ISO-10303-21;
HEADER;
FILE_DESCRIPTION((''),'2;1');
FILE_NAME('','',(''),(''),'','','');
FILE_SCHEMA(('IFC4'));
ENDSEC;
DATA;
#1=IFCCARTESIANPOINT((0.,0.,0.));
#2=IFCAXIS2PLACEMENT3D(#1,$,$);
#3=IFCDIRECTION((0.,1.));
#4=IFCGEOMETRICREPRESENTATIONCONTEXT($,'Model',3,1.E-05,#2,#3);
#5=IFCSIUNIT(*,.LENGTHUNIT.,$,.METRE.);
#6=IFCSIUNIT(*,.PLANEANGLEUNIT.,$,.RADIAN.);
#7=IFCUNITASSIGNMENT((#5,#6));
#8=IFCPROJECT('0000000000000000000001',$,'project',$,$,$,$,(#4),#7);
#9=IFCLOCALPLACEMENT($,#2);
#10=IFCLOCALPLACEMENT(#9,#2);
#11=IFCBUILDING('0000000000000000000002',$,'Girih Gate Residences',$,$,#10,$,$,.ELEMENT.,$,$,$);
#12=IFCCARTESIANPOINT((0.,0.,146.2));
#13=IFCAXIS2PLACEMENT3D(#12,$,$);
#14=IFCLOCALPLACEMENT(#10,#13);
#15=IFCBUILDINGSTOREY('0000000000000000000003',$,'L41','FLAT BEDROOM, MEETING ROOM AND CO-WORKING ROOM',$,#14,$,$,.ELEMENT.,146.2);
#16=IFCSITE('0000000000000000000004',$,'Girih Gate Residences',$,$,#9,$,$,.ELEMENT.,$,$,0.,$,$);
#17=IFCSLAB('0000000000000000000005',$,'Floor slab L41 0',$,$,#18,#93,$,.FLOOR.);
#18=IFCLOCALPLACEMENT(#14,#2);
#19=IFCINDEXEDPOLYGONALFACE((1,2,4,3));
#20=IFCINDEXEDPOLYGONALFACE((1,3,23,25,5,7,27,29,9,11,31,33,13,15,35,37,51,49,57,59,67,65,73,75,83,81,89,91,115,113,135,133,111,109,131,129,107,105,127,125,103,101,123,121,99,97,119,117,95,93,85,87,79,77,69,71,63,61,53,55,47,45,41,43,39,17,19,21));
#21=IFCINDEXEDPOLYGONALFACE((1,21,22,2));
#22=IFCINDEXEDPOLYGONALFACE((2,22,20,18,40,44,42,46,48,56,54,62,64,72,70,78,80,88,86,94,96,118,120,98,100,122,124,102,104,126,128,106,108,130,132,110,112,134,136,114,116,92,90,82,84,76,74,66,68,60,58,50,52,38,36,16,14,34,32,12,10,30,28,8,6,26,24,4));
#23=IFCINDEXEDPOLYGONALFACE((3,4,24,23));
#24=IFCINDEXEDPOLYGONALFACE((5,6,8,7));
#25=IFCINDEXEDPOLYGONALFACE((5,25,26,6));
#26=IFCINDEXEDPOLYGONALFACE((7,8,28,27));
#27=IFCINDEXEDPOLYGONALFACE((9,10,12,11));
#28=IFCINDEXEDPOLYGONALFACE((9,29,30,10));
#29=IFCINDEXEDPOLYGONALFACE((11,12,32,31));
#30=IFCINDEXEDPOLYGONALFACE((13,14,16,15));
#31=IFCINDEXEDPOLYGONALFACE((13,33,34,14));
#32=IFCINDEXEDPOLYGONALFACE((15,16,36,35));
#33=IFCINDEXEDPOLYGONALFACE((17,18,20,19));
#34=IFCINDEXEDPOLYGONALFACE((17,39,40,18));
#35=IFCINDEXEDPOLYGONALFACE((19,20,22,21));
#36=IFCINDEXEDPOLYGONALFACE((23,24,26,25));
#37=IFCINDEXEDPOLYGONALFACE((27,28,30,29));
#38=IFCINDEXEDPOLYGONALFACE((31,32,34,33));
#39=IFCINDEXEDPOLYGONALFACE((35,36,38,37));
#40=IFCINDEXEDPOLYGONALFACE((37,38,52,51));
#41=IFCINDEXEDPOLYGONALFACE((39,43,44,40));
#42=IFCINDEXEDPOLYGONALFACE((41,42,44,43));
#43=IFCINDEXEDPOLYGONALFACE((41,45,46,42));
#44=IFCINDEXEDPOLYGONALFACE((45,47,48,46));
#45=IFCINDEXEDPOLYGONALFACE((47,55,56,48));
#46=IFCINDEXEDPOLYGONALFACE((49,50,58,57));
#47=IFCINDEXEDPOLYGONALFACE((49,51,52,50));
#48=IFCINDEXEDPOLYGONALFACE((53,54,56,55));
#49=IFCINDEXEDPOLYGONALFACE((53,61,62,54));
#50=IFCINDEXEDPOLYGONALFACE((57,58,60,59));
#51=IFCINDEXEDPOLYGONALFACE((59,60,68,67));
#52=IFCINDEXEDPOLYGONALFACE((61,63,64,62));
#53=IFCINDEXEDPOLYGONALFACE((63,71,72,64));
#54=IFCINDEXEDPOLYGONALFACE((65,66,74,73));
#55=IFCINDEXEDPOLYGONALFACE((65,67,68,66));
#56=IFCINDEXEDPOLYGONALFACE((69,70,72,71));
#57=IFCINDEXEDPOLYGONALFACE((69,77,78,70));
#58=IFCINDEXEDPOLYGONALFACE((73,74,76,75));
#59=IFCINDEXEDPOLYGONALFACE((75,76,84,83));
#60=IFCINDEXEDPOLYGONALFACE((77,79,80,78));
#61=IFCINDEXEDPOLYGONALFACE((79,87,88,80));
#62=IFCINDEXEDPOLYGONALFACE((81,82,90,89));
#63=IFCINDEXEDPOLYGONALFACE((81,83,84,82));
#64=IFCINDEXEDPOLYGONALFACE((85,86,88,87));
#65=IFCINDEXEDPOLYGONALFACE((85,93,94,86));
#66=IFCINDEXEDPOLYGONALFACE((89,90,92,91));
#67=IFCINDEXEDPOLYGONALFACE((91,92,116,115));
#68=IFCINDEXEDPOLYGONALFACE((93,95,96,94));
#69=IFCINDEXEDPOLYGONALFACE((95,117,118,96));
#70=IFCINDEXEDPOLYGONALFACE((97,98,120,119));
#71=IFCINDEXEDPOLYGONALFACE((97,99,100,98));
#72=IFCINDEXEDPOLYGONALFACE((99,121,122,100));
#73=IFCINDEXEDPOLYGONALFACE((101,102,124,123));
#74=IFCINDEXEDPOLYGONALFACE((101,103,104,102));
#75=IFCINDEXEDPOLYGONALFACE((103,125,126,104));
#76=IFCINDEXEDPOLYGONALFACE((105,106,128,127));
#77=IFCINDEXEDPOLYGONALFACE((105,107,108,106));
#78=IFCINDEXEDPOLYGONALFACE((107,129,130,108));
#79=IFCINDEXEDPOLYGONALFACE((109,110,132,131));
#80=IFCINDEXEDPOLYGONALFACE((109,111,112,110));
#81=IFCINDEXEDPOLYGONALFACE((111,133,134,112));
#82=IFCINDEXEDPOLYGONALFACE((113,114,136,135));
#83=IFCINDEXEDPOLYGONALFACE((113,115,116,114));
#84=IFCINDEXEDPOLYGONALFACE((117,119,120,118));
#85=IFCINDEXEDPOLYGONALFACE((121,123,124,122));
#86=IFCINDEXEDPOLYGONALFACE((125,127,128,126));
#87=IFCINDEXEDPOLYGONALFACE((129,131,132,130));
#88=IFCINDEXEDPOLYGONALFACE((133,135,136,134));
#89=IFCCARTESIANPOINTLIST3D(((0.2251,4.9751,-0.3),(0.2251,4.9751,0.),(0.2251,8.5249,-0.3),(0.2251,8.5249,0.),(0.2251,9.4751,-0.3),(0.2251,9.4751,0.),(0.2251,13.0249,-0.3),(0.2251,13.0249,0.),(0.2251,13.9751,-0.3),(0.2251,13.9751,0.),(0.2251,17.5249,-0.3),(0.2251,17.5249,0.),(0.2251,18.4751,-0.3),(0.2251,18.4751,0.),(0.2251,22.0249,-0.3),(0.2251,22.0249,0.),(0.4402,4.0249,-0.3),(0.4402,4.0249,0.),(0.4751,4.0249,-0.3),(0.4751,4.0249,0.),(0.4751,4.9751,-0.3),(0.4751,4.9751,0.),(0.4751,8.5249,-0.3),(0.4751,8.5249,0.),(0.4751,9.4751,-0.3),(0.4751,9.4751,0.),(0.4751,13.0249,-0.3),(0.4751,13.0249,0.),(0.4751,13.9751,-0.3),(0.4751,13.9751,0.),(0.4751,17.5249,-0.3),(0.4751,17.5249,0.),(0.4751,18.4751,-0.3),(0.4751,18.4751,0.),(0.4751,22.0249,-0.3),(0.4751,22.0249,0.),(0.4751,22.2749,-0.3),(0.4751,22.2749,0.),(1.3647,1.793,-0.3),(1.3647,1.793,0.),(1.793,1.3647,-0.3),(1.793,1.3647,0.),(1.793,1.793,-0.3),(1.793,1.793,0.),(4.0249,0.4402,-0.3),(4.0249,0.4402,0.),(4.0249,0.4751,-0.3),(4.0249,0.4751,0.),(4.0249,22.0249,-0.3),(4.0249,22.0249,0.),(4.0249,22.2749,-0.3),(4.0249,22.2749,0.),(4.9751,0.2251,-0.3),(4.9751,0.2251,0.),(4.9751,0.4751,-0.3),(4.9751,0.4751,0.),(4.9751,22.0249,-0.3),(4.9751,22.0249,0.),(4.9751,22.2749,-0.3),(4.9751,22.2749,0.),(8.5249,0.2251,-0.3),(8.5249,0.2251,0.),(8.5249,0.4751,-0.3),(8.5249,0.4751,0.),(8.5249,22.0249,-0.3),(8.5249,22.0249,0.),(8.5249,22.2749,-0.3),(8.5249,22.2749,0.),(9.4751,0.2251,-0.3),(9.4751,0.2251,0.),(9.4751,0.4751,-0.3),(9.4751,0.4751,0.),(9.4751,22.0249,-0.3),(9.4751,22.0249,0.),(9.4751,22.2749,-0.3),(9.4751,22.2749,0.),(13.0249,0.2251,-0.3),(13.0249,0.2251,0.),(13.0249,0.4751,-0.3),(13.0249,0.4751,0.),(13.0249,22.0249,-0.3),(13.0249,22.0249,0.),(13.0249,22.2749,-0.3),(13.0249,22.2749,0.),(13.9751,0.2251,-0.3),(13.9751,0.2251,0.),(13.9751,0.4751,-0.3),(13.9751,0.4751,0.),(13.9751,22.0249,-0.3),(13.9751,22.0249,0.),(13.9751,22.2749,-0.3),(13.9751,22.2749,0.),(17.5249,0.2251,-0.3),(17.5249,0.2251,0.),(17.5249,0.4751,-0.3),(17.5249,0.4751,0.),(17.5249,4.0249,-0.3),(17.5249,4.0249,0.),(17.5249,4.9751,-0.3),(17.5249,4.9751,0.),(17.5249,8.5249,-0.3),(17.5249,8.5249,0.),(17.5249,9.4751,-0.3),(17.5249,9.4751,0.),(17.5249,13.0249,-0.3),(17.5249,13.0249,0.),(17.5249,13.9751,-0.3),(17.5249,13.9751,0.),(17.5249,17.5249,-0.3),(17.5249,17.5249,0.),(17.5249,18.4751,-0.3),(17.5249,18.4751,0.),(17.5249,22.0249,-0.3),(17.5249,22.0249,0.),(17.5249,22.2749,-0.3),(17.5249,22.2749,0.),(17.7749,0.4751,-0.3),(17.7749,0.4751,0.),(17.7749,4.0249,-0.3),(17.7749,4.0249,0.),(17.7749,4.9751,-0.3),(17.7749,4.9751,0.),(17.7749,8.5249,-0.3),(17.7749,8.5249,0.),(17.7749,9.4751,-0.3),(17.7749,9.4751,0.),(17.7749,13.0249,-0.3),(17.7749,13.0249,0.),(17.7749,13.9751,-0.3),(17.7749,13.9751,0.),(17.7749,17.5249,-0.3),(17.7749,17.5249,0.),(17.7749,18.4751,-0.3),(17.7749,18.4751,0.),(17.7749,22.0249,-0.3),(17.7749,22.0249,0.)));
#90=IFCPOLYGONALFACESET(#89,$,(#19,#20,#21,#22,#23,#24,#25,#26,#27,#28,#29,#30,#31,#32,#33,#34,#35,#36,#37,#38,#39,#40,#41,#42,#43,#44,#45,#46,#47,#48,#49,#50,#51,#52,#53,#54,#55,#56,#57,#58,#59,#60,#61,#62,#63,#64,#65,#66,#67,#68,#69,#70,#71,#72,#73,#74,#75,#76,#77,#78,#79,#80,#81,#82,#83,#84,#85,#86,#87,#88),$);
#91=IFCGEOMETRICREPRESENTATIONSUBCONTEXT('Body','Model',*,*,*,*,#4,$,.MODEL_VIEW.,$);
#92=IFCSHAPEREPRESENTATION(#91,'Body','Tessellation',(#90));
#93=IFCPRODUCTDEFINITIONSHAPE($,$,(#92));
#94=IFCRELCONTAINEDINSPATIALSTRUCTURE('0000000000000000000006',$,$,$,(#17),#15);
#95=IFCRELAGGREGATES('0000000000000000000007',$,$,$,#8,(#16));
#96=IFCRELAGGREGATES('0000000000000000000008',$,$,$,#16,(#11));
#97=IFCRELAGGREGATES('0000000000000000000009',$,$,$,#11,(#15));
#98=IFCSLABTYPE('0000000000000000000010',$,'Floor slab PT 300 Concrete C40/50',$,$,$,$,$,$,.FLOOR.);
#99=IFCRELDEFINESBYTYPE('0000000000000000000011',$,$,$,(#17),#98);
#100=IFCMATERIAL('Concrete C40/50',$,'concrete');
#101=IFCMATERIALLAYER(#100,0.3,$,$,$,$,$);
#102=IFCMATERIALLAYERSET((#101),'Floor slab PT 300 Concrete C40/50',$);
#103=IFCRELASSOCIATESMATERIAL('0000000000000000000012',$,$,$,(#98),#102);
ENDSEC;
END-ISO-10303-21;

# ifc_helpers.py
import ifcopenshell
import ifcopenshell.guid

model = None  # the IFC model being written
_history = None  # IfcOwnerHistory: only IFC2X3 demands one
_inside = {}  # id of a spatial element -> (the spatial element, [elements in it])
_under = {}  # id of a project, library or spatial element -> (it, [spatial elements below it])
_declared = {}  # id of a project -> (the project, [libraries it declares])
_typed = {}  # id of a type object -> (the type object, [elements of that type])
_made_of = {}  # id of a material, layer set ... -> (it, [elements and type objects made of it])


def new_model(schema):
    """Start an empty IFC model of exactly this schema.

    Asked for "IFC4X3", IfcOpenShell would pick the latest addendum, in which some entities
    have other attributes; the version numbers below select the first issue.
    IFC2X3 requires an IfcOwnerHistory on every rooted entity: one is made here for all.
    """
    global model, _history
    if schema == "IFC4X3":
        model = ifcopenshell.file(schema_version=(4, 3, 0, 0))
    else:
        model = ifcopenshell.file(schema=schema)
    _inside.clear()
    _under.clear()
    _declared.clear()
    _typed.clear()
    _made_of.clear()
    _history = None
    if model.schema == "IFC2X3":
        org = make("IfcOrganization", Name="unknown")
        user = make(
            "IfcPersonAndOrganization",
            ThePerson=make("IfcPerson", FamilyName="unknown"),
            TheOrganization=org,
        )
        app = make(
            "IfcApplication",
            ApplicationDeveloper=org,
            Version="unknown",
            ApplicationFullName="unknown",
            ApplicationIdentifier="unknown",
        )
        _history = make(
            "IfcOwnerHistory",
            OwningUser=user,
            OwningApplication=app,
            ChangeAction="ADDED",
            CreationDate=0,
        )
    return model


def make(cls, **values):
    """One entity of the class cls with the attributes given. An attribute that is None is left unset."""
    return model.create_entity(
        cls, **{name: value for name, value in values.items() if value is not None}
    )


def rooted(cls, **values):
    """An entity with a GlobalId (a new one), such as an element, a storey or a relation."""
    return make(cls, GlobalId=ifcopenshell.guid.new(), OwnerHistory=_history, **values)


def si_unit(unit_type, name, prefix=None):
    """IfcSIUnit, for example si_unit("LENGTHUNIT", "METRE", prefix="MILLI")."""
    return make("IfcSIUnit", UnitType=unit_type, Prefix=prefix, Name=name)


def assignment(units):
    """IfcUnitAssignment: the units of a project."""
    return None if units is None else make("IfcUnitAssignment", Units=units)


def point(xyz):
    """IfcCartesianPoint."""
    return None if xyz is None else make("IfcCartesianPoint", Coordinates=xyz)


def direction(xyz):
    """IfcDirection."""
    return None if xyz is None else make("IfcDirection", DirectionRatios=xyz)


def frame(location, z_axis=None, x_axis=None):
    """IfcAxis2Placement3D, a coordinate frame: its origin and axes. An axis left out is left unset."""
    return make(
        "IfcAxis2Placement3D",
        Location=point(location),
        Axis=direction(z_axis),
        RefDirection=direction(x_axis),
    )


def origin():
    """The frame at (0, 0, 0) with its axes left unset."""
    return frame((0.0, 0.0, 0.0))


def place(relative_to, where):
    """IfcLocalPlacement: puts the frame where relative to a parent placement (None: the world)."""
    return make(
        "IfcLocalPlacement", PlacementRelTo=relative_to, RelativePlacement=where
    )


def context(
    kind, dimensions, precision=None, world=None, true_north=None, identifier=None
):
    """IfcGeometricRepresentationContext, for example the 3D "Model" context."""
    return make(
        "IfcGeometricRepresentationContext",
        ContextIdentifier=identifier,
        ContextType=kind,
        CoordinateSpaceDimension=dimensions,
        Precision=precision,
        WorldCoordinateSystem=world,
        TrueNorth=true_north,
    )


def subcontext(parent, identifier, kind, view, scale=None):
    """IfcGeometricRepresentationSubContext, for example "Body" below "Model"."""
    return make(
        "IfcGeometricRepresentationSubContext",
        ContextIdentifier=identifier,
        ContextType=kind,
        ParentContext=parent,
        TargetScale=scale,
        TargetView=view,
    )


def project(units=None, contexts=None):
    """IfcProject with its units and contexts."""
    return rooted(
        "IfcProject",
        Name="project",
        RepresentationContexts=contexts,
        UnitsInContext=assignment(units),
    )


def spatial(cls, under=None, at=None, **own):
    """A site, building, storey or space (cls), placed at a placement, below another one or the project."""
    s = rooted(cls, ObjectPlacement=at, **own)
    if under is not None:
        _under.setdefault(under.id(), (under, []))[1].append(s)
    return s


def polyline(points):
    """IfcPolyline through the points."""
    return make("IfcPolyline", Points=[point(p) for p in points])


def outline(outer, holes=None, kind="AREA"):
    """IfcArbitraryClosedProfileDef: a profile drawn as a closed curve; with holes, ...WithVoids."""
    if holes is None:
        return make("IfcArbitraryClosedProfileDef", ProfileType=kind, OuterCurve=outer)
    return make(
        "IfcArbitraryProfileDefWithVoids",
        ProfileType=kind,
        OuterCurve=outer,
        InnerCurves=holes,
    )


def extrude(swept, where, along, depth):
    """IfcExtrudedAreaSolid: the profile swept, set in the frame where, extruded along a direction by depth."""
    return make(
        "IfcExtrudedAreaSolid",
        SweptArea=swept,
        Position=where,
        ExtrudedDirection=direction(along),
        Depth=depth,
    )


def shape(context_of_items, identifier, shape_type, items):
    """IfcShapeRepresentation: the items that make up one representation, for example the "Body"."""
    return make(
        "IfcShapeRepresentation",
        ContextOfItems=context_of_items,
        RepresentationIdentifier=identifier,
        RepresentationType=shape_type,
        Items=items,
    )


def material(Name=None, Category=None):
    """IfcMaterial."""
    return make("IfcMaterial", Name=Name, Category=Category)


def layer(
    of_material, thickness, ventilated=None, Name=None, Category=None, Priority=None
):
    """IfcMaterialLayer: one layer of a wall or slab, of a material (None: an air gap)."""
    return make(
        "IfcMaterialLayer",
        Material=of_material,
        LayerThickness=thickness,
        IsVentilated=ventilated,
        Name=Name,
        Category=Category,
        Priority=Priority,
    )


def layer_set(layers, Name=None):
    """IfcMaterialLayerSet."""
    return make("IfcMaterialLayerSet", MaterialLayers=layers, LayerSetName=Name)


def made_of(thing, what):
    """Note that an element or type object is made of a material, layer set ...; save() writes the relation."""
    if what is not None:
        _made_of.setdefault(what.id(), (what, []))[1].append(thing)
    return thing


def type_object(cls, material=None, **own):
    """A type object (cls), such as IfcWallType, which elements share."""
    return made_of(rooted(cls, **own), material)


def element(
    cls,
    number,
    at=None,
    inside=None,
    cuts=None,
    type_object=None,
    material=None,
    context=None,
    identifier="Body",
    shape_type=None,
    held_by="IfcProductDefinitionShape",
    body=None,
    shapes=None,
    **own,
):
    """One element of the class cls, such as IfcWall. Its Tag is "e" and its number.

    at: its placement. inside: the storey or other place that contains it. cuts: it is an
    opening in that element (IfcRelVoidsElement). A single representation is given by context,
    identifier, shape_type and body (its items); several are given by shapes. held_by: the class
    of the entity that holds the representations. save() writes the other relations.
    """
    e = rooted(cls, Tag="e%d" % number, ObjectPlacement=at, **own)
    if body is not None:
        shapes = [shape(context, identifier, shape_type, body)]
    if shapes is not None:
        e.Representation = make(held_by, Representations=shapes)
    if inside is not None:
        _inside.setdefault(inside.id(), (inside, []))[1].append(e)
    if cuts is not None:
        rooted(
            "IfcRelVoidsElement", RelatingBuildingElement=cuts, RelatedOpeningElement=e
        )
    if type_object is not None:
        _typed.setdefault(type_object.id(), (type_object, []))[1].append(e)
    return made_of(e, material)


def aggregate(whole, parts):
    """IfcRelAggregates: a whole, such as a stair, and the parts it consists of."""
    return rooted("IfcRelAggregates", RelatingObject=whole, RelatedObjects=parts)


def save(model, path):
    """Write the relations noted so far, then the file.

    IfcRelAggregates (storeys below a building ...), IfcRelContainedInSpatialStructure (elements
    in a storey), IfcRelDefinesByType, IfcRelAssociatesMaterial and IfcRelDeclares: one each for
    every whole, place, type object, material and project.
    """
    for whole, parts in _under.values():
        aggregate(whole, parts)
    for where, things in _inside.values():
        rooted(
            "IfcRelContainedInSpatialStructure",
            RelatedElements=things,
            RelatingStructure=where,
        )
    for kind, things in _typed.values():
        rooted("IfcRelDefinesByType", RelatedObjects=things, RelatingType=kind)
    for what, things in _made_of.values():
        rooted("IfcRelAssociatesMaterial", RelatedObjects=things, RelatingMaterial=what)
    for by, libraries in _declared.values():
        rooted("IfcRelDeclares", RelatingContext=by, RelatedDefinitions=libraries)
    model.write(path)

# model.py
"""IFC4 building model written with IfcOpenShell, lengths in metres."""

from ifc_helpers import new_model, si_unit, direction, frame, origin, place, context, subcontext, project, spatial, polyline, outline, extrude, material, layer, layer_set, type_object, element, save


model = new_model("IFC4")

# Units and contexts
model_context = context("Model", 3, precision=1e-05, world=origin(), true_north=direction((0.0, 1.0)))
body_context = subcontext(model_context, "Body", "Model", "MODEL_VIEW")
ifc_project = project(units=[si_unit("LENGTHUNIT", "METRE"), si_unit("PLANEANGLEUNIT", "RADIAN")], contexts=[model_context])

# Site, building, storey
site_placement = place(None, origin())
site = spatial("IfcSite", under=ifc_project, at=site_placement, Name="Girih Gate Residences", CompositionType="ELEMENT", RefElevation=0.0)
building_placement = place(site_placement, origin())
building = spatial("IfcBuilding", under=site, at=building_placement, Name="Girih Gate Residences", CompositionType="ELEMENT")
storey_placement = place(building_placement, frame((0.0, 0.0, 146.2)))
storey = spatial("IfcBuildingStorey", under=building, at=storey_placement, Name="L41", Description="FLAT BEDROOM, MEETING ROOM AND CO-WORKING ROOM", CompositionType="ELEMENT", Elevation=146.2)

# Slab
ifc_material_1 = material(Name="Concrete C40/50", Category="concrete")
ifc_layer_1 = layer(ifc_material_1, 0.3)
ifc_layer_set_1 = layer_set([ifc_layer_1], Name="Floor slab PT 300 Concrete C40/50")
slab_type_1 = type_object("IfcSlabType", Name="Floor slab PT 300 Concrete C40/50", PredefinedType="FLOOR", material=ifc_layer_set_1)
slab_1_placement = place(storey_placement, frame((0.0, 0.0, -0.3)))
element("IfcSlab", 1, at=slab_1_placement, inside=storey, type_object=slab_type_1, Name="Floor slab L41 0", PredefinedType="FLOOR", context=body_context, shape_type="SweptSolid", body=[
    extrude(outline(polyline([(13.9751, 0.2251), (17.5249, 0.2251), (17.5249, 0.4751), (17.7749, 0.4751), (17.7749, 4.0249), (17.5249, 4.0249), (17.5249, 4.9751), (17.7749, 4.9751), (17.7749, 8.5249), (17.5249, 8.5249), (17.5249, 9.4751), (17.7749, 9.4751), (17.7749, 13.0249), (17.5249, 13.0249), (17.5249, 13.9751), (17.7749, 13.9751), (17.7749, 17.5249), (17.5249, 17.5249), (17.5249, 18.4751), (17.7749, 18.4751), (17.7749, 22.0249), (17.5249, 22.0249), (17.5249, 22.2749), (13.9751, 22.2749), (13.9751, 22.0249), (13.0249, 22.0249), (13.0249, 22.2749), (9.4751, 22.2749), (9.4751, 22.0249), (8.5249, 22.0249), (8.5249, 22.2749), (4.9751, 22.2749), (4.9751, 22.0249), (4.0249, 22.0249), (4.0249, 22.2749), (0.4751, 22.2749), (0.4751, 22.0249), (0.2251, 22.0249), (0.2251, 18.4751), (0.4751, 18.4751), (0.4751, 17.5249), (0.2251, 17.5249), (0.2251, 13.9751), (0.4751, 13.9751), (0.4751, 13.0249), (0.2251, 13.0249), (0.2251, 9.4751), (0.4751, 9.4751), (0.4751, 8.5249), (0.2251, 8.5249), (0.2251, 4.9751), (0.4751, 4.9751), (0.4751, 4.0249), (0.4402, 4.0249), (1.3647, 1.793), (1.793, 1.793), (1.793, 1.3647), (4.0249, 0.4402), (4.0249, 0.4751), (4.9751, 0.4751), (4.9751, 0.2251), (8.5249, 0.2251), (8.5249, 0.4751), (9.4751, 0.4751), (9.4751, 0.2251), (13.0249, 0.2251), (13.0249, 0.4751), (13.9751, 0.4751), (13.9751, 0.2251)])), origin(), (0.0, 0.0, 1.0), 0.3),
])

save(model, "model.ifc")
